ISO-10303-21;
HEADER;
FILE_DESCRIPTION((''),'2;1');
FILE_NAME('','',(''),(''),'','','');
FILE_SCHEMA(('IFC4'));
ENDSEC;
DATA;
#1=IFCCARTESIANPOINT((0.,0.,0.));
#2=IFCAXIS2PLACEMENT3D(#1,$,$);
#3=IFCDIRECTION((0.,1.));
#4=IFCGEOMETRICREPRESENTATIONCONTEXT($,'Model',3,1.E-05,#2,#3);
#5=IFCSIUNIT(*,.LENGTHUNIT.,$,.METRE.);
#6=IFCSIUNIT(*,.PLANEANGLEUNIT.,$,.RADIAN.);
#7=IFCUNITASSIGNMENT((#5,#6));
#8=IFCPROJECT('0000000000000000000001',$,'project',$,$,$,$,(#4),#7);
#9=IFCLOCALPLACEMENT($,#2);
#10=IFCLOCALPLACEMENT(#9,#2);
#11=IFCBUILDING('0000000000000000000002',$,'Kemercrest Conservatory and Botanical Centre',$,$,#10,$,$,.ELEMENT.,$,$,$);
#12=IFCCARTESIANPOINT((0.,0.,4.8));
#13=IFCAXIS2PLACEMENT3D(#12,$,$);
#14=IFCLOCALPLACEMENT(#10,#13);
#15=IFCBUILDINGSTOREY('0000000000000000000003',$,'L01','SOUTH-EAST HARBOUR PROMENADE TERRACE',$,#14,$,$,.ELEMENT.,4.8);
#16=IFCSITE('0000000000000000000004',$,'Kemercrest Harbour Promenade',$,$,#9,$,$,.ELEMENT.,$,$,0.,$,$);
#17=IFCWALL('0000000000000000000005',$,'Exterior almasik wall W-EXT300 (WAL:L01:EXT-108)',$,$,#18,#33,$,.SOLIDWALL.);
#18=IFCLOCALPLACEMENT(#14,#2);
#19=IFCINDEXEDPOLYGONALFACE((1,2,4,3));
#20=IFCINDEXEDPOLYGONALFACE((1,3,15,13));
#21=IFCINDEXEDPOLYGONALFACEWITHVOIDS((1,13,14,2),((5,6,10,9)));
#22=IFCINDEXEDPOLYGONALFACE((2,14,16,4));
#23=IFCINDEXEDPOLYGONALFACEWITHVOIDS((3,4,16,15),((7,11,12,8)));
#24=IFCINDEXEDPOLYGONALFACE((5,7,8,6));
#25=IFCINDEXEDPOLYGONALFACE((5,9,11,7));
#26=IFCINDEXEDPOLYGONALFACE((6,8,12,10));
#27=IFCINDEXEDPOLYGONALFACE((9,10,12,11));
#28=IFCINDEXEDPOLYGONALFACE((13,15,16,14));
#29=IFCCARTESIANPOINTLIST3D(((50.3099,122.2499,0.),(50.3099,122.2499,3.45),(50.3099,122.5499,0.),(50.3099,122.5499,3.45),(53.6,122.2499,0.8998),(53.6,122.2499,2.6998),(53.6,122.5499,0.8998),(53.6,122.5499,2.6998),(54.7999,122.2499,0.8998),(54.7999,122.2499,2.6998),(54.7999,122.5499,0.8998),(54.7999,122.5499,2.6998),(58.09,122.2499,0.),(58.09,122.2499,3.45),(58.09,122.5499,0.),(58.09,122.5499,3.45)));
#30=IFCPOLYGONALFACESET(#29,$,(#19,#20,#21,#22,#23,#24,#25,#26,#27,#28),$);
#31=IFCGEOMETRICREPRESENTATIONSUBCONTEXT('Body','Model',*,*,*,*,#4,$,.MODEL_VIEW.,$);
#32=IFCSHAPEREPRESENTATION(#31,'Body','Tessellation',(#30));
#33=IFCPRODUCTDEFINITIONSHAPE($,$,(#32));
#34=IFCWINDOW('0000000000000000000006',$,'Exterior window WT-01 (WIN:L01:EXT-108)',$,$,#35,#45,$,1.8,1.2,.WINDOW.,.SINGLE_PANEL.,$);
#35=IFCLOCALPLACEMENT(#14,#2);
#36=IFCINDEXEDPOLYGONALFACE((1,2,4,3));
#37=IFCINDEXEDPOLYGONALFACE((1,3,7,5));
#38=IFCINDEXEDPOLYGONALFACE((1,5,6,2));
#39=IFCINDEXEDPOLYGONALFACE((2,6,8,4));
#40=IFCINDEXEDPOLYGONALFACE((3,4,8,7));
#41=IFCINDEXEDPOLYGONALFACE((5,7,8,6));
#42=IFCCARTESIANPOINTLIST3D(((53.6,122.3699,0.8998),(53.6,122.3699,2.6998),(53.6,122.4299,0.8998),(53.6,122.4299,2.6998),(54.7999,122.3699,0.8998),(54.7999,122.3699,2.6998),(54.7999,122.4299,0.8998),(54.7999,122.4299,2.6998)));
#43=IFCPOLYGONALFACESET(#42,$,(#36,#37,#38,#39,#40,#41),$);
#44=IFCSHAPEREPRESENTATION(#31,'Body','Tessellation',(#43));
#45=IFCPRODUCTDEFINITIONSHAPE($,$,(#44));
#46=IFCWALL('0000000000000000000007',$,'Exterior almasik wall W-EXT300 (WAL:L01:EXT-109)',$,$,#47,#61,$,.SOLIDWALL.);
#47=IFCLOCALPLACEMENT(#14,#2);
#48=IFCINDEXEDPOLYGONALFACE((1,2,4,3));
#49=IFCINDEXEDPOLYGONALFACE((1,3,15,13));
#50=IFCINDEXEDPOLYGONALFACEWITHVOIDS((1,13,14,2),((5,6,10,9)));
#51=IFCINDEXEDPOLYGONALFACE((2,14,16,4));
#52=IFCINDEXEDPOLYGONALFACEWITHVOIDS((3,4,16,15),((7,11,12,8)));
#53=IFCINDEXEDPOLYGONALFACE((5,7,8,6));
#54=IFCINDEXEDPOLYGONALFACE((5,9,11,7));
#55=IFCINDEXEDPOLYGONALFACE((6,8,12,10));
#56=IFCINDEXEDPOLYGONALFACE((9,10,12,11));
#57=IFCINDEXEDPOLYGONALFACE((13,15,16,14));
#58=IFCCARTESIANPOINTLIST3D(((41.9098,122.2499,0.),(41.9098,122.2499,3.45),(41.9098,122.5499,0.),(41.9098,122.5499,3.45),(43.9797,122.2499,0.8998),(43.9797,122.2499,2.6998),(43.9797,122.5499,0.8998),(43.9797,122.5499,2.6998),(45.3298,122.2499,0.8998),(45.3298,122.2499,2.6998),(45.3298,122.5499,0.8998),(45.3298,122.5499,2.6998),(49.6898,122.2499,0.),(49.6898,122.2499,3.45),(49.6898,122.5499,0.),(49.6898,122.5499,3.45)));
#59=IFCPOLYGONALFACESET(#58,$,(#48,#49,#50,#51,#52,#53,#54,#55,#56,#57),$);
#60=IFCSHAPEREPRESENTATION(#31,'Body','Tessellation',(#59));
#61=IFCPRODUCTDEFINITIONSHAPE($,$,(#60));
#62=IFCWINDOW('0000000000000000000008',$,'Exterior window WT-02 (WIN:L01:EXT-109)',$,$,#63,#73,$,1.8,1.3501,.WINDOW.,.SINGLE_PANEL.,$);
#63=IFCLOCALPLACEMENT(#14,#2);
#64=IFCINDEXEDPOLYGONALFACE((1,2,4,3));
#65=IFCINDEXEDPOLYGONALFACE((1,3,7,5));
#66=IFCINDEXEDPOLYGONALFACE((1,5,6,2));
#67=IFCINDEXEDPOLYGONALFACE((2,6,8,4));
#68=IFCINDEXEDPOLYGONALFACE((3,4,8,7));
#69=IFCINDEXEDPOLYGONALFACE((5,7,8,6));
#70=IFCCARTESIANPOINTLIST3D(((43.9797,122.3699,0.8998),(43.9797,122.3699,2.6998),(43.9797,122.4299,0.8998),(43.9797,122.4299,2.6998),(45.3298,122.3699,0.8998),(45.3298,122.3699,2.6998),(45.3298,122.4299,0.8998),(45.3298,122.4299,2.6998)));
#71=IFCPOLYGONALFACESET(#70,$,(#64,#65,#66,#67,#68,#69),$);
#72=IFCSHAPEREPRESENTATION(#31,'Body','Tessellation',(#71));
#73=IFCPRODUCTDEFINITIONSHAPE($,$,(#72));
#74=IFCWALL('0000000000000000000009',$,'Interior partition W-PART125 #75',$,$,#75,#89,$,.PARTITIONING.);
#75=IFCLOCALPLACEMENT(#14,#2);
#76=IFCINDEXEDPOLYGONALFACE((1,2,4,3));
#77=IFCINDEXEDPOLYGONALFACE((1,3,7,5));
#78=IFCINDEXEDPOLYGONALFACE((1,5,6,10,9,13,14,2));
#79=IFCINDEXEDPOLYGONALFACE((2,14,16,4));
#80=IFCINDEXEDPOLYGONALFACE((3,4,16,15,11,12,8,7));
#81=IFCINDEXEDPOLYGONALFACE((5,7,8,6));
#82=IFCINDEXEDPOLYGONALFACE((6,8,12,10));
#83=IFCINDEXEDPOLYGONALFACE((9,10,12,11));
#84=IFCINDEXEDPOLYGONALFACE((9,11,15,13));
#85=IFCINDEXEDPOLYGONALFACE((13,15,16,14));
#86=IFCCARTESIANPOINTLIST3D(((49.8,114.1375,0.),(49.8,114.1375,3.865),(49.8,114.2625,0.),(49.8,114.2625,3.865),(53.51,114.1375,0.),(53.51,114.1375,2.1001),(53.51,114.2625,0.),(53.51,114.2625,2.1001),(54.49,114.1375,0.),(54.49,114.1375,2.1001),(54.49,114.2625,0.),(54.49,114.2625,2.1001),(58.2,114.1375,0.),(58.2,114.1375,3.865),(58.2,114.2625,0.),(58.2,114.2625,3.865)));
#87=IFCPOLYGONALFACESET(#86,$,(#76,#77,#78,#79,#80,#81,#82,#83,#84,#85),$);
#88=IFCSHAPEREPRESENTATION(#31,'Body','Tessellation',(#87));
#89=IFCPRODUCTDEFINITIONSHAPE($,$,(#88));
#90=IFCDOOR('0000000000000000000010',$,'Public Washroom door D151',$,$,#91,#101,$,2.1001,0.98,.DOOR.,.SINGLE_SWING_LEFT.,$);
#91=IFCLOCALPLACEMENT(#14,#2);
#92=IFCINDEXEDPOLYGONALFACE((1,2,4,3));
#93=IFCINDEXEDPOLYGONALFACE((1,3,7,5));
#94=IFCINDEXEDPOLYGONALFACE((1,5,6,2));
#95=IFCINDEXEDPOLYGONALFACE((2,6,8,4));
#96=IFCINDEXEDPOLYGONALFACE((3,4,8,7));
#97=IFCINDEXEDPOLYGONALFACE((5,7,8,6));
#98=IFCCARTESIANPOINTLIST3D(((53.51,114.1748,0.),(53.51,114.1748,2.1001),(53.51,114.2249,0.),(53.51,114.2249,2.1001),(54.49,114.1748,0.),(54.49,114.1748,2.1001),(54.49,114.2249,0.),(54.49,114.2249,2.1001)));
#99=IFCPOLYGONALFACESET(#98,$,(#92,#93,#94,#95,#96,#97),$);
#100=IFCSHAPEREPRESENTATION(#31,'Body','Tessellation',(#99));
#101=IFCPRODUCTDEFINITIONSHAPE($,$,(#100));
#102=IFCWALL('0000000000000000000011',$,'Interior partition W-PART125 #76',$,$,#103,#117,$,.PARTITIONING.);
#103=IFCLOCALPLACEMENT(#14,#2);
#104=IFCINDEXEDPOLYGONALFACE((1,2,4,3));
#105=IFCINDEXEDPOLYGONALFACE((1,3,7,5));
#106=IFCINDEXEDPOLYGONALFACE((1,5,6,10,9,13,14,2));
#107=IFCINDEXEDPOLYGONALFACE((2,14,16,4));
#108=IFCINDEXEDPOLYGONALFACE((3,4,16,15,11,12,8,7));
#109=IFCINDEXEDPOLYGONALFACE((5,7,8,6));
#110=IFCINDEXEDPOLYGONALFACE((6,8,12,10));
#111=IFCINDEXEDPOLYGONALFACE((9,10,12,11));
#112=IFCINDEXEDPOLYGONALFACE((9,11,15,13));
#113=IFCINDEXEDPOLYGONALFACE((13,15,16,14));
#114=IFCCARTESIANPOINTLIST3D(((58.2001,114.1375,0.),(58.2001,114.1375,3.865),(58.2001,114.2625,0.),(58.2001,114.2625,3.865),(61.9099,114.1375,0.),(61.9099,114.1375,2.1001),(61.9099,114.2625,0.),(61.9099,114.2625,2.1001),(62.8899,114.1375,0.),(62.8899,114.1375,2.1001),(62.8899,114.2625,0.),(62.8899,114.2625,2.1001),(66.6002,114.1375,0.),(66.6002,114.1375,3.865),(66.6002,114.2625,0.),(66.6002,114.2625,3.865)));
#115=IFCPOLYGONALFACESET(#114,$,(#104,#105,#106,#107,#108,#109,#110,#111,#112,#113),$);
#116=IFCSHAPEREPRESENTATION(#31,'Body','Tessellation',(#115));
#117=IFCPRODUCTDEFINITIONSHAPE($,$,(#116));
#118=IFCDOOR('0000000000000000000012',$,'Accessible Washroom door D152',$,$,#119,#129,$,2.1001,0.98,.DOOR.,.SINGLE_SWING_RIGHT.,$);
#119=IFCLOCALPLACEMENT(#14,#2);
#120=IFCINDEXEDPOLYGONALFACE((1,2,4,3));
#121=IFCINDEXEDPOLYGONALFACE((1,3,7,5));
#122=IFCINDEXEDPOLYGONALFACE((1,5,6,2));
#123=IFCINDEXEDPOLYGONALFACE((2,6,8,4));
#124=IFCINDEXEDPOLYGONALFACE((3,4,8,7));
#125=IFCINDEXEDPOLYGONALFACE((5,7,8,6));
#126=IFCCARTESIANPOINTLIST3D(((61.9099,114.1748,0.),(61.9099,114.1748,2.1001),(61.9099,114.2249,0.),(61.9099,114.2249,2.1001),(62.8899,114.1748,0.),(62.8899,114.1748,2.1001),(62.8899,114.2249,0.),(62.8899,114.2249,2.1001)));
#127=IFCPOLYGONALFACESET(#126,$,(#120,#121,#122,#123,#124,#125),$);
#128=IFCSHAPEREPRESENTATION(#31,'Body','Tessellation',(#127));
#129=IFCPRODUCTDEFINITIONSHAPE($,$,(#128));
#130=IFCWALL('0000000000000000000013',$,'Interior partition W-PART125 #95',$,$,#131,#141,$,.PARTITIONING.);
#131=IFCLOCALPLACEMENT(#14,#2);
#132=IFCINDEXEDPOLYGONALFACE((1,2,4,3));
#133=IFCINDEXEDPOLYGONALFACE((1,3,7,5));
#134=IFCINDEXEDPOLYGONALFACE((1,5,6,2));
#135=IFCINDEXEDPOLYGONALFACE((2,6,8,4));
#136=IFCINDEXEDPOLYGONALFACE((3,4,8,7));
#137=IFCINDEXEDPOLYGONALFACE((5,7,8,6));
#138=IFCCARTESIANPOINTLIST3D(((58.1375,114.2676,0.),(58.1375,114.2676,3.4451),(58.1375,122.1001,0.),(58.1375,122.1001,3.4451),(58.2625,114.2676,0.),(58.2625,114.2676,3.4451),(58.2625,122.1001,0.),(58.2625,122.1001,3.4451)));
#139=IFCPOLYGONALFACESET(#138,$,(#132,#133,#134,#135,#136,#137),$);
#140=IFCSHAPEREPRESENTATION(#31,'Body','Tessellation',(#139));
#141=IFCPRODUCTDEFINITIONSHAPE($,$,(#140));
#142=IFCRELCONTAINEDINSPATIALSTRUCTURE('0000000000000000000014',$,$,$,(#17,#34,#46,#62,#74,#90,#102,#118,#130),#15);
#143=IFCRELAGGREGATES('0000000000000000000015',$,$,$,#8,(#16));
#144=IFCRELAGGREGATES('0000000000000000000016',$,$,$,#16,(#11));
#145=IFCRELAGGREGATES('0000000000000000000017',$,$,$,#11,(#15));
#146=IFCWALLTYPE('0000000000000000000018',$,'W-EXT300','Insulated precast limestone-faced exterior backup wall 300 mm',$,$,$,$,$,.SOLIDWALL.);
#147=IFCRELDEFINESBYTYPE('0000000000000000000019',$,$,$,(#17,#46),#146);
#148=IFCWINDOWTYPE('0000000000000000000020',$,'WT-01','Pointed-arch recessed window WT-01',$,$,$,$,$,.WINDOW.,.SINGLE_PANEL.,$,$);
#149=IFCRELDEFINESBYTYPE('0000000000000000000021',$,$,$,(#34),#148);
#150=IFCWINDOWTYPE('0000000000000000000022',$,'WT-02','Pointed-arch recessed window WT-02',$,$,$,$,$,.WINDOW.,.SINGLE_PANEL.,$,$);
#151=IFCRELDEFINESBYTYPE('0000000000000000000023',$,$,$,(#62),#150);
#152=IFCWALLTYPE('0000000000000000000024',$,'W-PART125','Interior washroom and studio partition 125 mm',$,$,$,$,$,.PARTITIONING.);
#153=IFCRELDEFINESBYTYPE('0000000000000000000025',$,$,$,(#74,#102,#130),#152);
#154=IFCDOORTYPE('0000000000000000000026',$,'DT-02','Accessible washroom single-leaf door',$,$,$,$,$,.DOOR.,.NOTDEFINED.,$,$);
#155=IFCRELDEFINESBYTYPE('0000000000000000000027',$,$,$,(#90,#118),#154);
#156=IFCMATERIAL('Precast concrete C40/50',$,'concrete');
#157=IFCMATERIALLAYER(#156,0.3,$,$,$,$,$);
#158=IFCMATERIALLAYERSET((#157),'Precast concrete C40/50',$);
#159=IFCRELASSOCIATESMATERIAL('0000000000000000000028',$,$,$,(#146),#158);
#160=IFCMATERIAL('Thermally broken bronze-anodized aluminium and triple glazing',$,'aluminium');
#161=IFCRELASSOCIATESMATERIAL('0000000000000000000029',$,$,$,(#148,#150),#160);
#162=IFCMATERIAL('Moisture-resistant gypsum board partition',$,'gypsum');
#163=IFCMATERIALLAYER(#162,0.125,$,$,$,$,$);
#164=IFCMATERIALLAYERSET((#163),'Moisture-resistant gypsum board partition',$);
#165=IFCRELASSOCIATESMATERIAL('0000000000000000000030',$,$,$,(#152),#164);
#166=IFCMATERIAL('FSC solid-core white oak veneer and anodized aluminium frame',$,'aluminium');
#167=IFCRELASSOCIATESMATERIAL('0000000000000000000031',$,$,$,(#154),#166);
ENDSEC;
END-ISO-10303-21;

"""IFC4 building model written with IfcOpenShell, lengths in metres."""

from ifc_helpers import new_model, si_unit, direction, frame, frame_2d, origin, place, context, subcontext, project, spatial, rectangle, extrude, material, layer, layer_set, type_object, element, fill, save


model = new_model("IFC4")

# Units and contexts
model_context = context("Model", 3, precision=1e-05, world=origin(), true_north=direction((0.0, 1.0)))
body_context = subcontext(model_context, "Body", "Model", "MODEL_VIEW")
ifc_project = project(units=[si_unit("LENGTHUNIT", "METRE"), si_unit("PLANEANGLEUNIT", "RADIAN")], contexts=[model_context])

# Site, building, storey
site_placement = place(None, origin())
site = spatial("IfcSite", under=ifc_project, at=site_placement, Name="Kemercrest Harbour Promenade", CompositionType="ELEMENT", RefElevation=0.0)
building_placement = place(site_placement, origin())
building = spatial("IfcBuilding", under=site, at=building_placement, Name="Kemercrest Conservatory and Botanical Centre", CompositionType="ELEMENT")
storey_placement = place(building_placement, frame((0.0, 0.0, 4.8)))
storey = spatial("IfcBuildingStorey", under=building, at=storey_placement, Name="L01", Description="SOUTH-EAST HARBOUR PROMENADE TERRACE", CompositionType="ELEMENT", Elevation=4.8)

# Shared definitions
ifc_material_1 = material(Name="Precast concrete C40/50", Category="concrete")

# Walls, openings, windows
ifc_layer_1 = layer(ifc_material_1, 0.3)
ifc_layer_set_1 = layer_set([ifc_layer_1], Name="Precast concrete C40/50")
wall_type_1 = type_object("IfcWallType", Name="W-EXT300", Description="Insulated precast limestone-faced exterior backup wall 300 mm", PredefinedType="SOLIDWALL", material=ifc_layer_set_1)
wall_1_placement = place(storey_placement, frame((58.0901, 122.3999, 0.0), z_axis=(0.0, 0.0, 1.0), x_axis=(-1.0, 0.0, 0.0)))
wall_1 = element("IfcWall", 1, at=wall_1_placement, inside=storey, type_object=wall_type_1, Name="Exterior almasik wall W-EXT300 (WAL:L01:EXT-108)", PredefinedType="SOLIDWALL", context=body_context, shape_type="SweptSolid", body=[
    extrude(rectangle(XDim=7.78, YDim=0.3, at=frame_2d((3.8901, 0.0))), origin(), (0.0, 0.0, 1.0), 3.45),
])
opening_1_placement = place(wall_1_placement, frame((3.29, 0.0, 0.8999)))
opening_1 = element("IfcOpeningElement", 2, at=opening_1_placement, cuts=wall_1, PredefinedType="OPENING", context=body_context, shape_type="SweptSolid", body=[
    extrude(rectangle(XDim=1.2, YDim=1.8, at=frame_2d((0.6001, 0.8999))), frame((0.0, 0.1602, 0.0), z_axis=(0.0, -1.0, 0.0), x_axis=(1.0, 0.0, 0.0)), (0.0, 0.0, 1.0), 0.3201),
])
ifc_material_2 = material(Name="Thermally broken bronze-anodized aluminium and triple glazing", Category="aluminium")
window_type_1 = type_object("IfcWindowType", Name="WT-01", Description="Pointed-arch recessed window WT-01", PartitioningType="SINGLE_PANEL", PredefinedType="WINDOW", material=ifc_material_2)
window_1_placement = place(opening_1_placement, origin())
window_1 = element("IfcWindow", 3, at=window_1_placement, inside=storey, type_object=window_type_1, Name="Exterior window WT-01 (WIN:L01:EXT-108)", OverallHeight=1.8, OverallWidth=1.2, PartitioningType="SINGLE_PANEL", PredefinedType="WINDOW", context=body_context, shape_type="SweptSolid", body=[
    extrude(rectangle(XDim=1.2, YDim=1.8, at=frame_2d((0.6001, 0.8999))), frame((0.0, 0.03, 0.0), z_axis=(0.0, -1.0, 0.0), x_axis=(1.0, 0.0, 0.0)), (0.0, 0.0, 1.0), 0.0601),
])
fill(opening_1, window_1)
wall_2_placement = place(storey_placement, frame((49.6899, 122.3999, 0.0), z_axis=(0.0, 0.0, 1.0), x_axis=(-1.0, 0.0, 0.0)))
wall_2 = element("IfcWall", 4, at=wall_2_placement, inside=storey, type_object=wall_type_1, Name="Exterior almasik wall W-EXT300 (WAL:L01:EXT-109)", PredefinedType="SOLIDWALL", context=body_context, shape_type="SweptSolid", body=[
    extrude(rectangle(XDim=7.78, YDim=0.3, at=frame_2d((3.8901, 0.0))), origin(), (0.0, 0.0, 1.0), 3.45),
])
opening_2_placement = place(wall_2_placement, frame((4.3601, 0.0, 0.8999)))
opening_2 = element("IfcOpeningElement", 5, at=opening_2_placement, cuts=wall_2, PredefinedType="OPENING", context=body_context, shape_type="SweptSolid", body=[
    extrude(rectangle(XDim=1.3501, YDim=1.8, at=frame_2d((0.675, 0.8999))), frame((0.0, 0.1602, 0.0), z_axis=(0.0, -1.0, 0.0), x_axis=(1.0, 0.0, 0.0)), (0.0, 0.0, 1.0), 0.3201),
])
window_type_2 = type_object("IfcWindowType", Name="WT-02", Description="Pointed-arch recessed window WT-02", PartitioningType="SINGLE_PANEL", PredefinedType="WINDOW", material=ifc_material_2)
window_2_placement = place(opening_2_placement, origin())
window_2 = element("IfcWindow", 6, at=window_2_placement, inside=storey, type_object=window_type_2, Name="Exterior window WT-02 (WIN:L01:EXT-109)", OverallHeight=1.8, OverallWidth=1.3501, PartitioningType="SINGLE_PANEL", PredefinedType="WINDOW", context=body_context, shape_type="SweptSolid", body=[
    extrude(rectangle(XDim=1.3501, YDim=1.8, at=frame_2d((0.675, 0.8999))), frame((0.0, 0.03, 0.0), z_axis=(0.0, -1.0, 0.0), x_axis=(1.0, 0.0, 0.0)), (0.0, 0.0, 1.0), 0.0601),
])
fill(opening_2, window_2)

# Walls, openings, doors
ifc_material_3 = material(Name="Moisture-resistant gypsum board partition", Category="gypsum")
ifc_layer_2 = layer(ifc_material_3, 0.125)
ifc_layer_set_2 = layer_set([ifc_layer_2], Name="Moisture-resistant gypsum board partition")
wall_type_2 = type_object("IfcWallType", Name="W-PART125", Description="Interior washroom and studio partition 125 mm", PredefinedType="PARTITIONING", material=ifc_layer_set_2)
wall_3_placement = place(storey_placement, frame((49.8, 114.2, 0.0), z_axis=(0.0, 0.0, 1.0), x_axis=(1.0, 0.0, 0.0)))
wall_3 = element("IfcWall", 7, at=wall_3_placement, inside=storey, type_object=wall_type_2, Name="Interior partition W-PART125 #75", PredefinedType="PARTITIONING", context=body_context, shape_type="SweptSolid", body=[
    extrude(rectangle(XDim=8.3999, YDim=0.125, at=frame_2d((4.2, 0.0))), origin(), (0.0, 0.0, 1.0), 3.865),
])
opening_3_placement = place(wall_3_placement, frame((3.71, 0.0, 0.0)))
opening_3 = element("IfcOpeningElement", 8, at=opening_3_placement, cuts=wall_3, PredefinedType="OPENING", context=body_context, shape_type="SweptSolid", body=[
    extrude(rectangle(XDim=0.98, YDim=2.1001, at=frame_2d((0.49, 1.05))), frame((0.0, 0.0725, 0.0), z_axis=(0.0, -1.0, 0.0), x_axis=(1.0, 0.0, 0.0)), (0.0, 0.0, 1.0), 0.145),
])
ifc_material_4 = material(Name="FSC solid-core white oak veneer and anodized aluminium frame", Category="aluminium")
door_type_1 = type_object("IfcDoorType", Name="DT-02", Description="Accessible washroom single-leaf door", OperationType="NOTDEFINED", PredefinedType="DOOR", material=ifc_material_4)
door_1_placement = place(opening_3_placement, origin())
door_1 = element("IfcDoor", 9, at=door_1_placement, inside=storey, type_object=door_type_1, Name="Public Washroom door D151", OperationType="SINGLE_SWING_LEFT", OverallHeight=2.1001, OverallWidth=0.98, PredefinedType="DOOR", context=body_context, shape_type="SweptSolid", body=[
    extrude(rectangle(XDim=0.98, YDim=2.1001, at=frame_2d((0.49, 1.05))), frame((0.0, 0.0249, 0.0), z_axis=(0.0, -1.0, 0.0), x_axis=(1.0, 0.0, 0.0)), (0.0, 0.0, 1.0), 0.05),
])
fill(opening_3, door_1)
wall_4_placement = place(storey_placement, frame((58.2, 114.2, 0.0), z_axis=(0.0, 0.0, 1.0), x_axis=(1.0, 0.0, 0.0)))
wall_4 = element("IfcWall", 10, at=wall_4_placement, inside=storey, type_object=wall_type_2, Name="Interior partition W-PART125 #76", PredefinedType="PARTITIONING", context=body_context, shape_type="SweptSolid", body=[
    extrude(rectangle(XDim=8.4001, YDim=0.125, at=frame_2d((4.2002, 0.0))), origin(), (0.0, 0.0, 1.0), 3.865),
])
opening_4_placement = place(wall_4_placement, frame((3.71, 0.0, 0.0)))
opening_4 = element("IfcOpeningElement", 11, at=opening_4_placement, cuts=wall_4, PredefinedType="OPENING", context=body_context, shape_type="SweptSolid", body=[
    extrude(rectangle(XDim=0.98, YDim=2.1001, at=frame_2d((0.49, 1.05))), frame((0.0, 0.0725, 0.0), z_axis=(0.0, -1.0, 0.0), x_axis=(1.0, 0.0, 0.0)), (0.0, 0.0, 1.0), 0.145),
])
door_2_placement = place(opening_4_placement, origin())
door_2 = element("IfcDoor", 12, at=door_2_placement, inside=storey, type_object=door_type_1, Name="Accessible Washroom door D152", OperationType="SINGLE_SWING_RIGHT", OverallHeight=2.1001, OverallWidth=0.98, PredefinedType="DOOR", context=body_context, shape_type="SweptSolid", body=[
    extrude(rectangle(XDim=0.98, YDim=2.1001, at=frame_2d((0.49, 1.05))), frame((0.0, 0.0249, 0.0), z_axis=(0.0, -1.0, 0.0), x_axis=(1.0, 0.0, 0.0)), (0.0, 0.0, 1.0), 0.05),
])
fill(opening_4, door_2)

# Wall
wall_5_placement = place(storey_placement, frame((58.2, 114.2676, 0.0), z_axis=(0.0, 0.0, 1.0), x_axis=(0.0, 1.0, 0.0)))
element("IfcWall", 13, at=wall_5_placement, inside=storey, type_object=wall_type_2, Name="Interior partition W-PART125 #95", PredefinedType="PARTITIONING", context=body_context, shape_type="SweptSolid", body=[
    extrude(rectangle(XDim=7.8325, YDim=0.125, at=frame_2d((3.9163, 0.0))), origin(), (0.0, 0.0, 1.0), 3.4451),
])

save(model, "model.ifc")
